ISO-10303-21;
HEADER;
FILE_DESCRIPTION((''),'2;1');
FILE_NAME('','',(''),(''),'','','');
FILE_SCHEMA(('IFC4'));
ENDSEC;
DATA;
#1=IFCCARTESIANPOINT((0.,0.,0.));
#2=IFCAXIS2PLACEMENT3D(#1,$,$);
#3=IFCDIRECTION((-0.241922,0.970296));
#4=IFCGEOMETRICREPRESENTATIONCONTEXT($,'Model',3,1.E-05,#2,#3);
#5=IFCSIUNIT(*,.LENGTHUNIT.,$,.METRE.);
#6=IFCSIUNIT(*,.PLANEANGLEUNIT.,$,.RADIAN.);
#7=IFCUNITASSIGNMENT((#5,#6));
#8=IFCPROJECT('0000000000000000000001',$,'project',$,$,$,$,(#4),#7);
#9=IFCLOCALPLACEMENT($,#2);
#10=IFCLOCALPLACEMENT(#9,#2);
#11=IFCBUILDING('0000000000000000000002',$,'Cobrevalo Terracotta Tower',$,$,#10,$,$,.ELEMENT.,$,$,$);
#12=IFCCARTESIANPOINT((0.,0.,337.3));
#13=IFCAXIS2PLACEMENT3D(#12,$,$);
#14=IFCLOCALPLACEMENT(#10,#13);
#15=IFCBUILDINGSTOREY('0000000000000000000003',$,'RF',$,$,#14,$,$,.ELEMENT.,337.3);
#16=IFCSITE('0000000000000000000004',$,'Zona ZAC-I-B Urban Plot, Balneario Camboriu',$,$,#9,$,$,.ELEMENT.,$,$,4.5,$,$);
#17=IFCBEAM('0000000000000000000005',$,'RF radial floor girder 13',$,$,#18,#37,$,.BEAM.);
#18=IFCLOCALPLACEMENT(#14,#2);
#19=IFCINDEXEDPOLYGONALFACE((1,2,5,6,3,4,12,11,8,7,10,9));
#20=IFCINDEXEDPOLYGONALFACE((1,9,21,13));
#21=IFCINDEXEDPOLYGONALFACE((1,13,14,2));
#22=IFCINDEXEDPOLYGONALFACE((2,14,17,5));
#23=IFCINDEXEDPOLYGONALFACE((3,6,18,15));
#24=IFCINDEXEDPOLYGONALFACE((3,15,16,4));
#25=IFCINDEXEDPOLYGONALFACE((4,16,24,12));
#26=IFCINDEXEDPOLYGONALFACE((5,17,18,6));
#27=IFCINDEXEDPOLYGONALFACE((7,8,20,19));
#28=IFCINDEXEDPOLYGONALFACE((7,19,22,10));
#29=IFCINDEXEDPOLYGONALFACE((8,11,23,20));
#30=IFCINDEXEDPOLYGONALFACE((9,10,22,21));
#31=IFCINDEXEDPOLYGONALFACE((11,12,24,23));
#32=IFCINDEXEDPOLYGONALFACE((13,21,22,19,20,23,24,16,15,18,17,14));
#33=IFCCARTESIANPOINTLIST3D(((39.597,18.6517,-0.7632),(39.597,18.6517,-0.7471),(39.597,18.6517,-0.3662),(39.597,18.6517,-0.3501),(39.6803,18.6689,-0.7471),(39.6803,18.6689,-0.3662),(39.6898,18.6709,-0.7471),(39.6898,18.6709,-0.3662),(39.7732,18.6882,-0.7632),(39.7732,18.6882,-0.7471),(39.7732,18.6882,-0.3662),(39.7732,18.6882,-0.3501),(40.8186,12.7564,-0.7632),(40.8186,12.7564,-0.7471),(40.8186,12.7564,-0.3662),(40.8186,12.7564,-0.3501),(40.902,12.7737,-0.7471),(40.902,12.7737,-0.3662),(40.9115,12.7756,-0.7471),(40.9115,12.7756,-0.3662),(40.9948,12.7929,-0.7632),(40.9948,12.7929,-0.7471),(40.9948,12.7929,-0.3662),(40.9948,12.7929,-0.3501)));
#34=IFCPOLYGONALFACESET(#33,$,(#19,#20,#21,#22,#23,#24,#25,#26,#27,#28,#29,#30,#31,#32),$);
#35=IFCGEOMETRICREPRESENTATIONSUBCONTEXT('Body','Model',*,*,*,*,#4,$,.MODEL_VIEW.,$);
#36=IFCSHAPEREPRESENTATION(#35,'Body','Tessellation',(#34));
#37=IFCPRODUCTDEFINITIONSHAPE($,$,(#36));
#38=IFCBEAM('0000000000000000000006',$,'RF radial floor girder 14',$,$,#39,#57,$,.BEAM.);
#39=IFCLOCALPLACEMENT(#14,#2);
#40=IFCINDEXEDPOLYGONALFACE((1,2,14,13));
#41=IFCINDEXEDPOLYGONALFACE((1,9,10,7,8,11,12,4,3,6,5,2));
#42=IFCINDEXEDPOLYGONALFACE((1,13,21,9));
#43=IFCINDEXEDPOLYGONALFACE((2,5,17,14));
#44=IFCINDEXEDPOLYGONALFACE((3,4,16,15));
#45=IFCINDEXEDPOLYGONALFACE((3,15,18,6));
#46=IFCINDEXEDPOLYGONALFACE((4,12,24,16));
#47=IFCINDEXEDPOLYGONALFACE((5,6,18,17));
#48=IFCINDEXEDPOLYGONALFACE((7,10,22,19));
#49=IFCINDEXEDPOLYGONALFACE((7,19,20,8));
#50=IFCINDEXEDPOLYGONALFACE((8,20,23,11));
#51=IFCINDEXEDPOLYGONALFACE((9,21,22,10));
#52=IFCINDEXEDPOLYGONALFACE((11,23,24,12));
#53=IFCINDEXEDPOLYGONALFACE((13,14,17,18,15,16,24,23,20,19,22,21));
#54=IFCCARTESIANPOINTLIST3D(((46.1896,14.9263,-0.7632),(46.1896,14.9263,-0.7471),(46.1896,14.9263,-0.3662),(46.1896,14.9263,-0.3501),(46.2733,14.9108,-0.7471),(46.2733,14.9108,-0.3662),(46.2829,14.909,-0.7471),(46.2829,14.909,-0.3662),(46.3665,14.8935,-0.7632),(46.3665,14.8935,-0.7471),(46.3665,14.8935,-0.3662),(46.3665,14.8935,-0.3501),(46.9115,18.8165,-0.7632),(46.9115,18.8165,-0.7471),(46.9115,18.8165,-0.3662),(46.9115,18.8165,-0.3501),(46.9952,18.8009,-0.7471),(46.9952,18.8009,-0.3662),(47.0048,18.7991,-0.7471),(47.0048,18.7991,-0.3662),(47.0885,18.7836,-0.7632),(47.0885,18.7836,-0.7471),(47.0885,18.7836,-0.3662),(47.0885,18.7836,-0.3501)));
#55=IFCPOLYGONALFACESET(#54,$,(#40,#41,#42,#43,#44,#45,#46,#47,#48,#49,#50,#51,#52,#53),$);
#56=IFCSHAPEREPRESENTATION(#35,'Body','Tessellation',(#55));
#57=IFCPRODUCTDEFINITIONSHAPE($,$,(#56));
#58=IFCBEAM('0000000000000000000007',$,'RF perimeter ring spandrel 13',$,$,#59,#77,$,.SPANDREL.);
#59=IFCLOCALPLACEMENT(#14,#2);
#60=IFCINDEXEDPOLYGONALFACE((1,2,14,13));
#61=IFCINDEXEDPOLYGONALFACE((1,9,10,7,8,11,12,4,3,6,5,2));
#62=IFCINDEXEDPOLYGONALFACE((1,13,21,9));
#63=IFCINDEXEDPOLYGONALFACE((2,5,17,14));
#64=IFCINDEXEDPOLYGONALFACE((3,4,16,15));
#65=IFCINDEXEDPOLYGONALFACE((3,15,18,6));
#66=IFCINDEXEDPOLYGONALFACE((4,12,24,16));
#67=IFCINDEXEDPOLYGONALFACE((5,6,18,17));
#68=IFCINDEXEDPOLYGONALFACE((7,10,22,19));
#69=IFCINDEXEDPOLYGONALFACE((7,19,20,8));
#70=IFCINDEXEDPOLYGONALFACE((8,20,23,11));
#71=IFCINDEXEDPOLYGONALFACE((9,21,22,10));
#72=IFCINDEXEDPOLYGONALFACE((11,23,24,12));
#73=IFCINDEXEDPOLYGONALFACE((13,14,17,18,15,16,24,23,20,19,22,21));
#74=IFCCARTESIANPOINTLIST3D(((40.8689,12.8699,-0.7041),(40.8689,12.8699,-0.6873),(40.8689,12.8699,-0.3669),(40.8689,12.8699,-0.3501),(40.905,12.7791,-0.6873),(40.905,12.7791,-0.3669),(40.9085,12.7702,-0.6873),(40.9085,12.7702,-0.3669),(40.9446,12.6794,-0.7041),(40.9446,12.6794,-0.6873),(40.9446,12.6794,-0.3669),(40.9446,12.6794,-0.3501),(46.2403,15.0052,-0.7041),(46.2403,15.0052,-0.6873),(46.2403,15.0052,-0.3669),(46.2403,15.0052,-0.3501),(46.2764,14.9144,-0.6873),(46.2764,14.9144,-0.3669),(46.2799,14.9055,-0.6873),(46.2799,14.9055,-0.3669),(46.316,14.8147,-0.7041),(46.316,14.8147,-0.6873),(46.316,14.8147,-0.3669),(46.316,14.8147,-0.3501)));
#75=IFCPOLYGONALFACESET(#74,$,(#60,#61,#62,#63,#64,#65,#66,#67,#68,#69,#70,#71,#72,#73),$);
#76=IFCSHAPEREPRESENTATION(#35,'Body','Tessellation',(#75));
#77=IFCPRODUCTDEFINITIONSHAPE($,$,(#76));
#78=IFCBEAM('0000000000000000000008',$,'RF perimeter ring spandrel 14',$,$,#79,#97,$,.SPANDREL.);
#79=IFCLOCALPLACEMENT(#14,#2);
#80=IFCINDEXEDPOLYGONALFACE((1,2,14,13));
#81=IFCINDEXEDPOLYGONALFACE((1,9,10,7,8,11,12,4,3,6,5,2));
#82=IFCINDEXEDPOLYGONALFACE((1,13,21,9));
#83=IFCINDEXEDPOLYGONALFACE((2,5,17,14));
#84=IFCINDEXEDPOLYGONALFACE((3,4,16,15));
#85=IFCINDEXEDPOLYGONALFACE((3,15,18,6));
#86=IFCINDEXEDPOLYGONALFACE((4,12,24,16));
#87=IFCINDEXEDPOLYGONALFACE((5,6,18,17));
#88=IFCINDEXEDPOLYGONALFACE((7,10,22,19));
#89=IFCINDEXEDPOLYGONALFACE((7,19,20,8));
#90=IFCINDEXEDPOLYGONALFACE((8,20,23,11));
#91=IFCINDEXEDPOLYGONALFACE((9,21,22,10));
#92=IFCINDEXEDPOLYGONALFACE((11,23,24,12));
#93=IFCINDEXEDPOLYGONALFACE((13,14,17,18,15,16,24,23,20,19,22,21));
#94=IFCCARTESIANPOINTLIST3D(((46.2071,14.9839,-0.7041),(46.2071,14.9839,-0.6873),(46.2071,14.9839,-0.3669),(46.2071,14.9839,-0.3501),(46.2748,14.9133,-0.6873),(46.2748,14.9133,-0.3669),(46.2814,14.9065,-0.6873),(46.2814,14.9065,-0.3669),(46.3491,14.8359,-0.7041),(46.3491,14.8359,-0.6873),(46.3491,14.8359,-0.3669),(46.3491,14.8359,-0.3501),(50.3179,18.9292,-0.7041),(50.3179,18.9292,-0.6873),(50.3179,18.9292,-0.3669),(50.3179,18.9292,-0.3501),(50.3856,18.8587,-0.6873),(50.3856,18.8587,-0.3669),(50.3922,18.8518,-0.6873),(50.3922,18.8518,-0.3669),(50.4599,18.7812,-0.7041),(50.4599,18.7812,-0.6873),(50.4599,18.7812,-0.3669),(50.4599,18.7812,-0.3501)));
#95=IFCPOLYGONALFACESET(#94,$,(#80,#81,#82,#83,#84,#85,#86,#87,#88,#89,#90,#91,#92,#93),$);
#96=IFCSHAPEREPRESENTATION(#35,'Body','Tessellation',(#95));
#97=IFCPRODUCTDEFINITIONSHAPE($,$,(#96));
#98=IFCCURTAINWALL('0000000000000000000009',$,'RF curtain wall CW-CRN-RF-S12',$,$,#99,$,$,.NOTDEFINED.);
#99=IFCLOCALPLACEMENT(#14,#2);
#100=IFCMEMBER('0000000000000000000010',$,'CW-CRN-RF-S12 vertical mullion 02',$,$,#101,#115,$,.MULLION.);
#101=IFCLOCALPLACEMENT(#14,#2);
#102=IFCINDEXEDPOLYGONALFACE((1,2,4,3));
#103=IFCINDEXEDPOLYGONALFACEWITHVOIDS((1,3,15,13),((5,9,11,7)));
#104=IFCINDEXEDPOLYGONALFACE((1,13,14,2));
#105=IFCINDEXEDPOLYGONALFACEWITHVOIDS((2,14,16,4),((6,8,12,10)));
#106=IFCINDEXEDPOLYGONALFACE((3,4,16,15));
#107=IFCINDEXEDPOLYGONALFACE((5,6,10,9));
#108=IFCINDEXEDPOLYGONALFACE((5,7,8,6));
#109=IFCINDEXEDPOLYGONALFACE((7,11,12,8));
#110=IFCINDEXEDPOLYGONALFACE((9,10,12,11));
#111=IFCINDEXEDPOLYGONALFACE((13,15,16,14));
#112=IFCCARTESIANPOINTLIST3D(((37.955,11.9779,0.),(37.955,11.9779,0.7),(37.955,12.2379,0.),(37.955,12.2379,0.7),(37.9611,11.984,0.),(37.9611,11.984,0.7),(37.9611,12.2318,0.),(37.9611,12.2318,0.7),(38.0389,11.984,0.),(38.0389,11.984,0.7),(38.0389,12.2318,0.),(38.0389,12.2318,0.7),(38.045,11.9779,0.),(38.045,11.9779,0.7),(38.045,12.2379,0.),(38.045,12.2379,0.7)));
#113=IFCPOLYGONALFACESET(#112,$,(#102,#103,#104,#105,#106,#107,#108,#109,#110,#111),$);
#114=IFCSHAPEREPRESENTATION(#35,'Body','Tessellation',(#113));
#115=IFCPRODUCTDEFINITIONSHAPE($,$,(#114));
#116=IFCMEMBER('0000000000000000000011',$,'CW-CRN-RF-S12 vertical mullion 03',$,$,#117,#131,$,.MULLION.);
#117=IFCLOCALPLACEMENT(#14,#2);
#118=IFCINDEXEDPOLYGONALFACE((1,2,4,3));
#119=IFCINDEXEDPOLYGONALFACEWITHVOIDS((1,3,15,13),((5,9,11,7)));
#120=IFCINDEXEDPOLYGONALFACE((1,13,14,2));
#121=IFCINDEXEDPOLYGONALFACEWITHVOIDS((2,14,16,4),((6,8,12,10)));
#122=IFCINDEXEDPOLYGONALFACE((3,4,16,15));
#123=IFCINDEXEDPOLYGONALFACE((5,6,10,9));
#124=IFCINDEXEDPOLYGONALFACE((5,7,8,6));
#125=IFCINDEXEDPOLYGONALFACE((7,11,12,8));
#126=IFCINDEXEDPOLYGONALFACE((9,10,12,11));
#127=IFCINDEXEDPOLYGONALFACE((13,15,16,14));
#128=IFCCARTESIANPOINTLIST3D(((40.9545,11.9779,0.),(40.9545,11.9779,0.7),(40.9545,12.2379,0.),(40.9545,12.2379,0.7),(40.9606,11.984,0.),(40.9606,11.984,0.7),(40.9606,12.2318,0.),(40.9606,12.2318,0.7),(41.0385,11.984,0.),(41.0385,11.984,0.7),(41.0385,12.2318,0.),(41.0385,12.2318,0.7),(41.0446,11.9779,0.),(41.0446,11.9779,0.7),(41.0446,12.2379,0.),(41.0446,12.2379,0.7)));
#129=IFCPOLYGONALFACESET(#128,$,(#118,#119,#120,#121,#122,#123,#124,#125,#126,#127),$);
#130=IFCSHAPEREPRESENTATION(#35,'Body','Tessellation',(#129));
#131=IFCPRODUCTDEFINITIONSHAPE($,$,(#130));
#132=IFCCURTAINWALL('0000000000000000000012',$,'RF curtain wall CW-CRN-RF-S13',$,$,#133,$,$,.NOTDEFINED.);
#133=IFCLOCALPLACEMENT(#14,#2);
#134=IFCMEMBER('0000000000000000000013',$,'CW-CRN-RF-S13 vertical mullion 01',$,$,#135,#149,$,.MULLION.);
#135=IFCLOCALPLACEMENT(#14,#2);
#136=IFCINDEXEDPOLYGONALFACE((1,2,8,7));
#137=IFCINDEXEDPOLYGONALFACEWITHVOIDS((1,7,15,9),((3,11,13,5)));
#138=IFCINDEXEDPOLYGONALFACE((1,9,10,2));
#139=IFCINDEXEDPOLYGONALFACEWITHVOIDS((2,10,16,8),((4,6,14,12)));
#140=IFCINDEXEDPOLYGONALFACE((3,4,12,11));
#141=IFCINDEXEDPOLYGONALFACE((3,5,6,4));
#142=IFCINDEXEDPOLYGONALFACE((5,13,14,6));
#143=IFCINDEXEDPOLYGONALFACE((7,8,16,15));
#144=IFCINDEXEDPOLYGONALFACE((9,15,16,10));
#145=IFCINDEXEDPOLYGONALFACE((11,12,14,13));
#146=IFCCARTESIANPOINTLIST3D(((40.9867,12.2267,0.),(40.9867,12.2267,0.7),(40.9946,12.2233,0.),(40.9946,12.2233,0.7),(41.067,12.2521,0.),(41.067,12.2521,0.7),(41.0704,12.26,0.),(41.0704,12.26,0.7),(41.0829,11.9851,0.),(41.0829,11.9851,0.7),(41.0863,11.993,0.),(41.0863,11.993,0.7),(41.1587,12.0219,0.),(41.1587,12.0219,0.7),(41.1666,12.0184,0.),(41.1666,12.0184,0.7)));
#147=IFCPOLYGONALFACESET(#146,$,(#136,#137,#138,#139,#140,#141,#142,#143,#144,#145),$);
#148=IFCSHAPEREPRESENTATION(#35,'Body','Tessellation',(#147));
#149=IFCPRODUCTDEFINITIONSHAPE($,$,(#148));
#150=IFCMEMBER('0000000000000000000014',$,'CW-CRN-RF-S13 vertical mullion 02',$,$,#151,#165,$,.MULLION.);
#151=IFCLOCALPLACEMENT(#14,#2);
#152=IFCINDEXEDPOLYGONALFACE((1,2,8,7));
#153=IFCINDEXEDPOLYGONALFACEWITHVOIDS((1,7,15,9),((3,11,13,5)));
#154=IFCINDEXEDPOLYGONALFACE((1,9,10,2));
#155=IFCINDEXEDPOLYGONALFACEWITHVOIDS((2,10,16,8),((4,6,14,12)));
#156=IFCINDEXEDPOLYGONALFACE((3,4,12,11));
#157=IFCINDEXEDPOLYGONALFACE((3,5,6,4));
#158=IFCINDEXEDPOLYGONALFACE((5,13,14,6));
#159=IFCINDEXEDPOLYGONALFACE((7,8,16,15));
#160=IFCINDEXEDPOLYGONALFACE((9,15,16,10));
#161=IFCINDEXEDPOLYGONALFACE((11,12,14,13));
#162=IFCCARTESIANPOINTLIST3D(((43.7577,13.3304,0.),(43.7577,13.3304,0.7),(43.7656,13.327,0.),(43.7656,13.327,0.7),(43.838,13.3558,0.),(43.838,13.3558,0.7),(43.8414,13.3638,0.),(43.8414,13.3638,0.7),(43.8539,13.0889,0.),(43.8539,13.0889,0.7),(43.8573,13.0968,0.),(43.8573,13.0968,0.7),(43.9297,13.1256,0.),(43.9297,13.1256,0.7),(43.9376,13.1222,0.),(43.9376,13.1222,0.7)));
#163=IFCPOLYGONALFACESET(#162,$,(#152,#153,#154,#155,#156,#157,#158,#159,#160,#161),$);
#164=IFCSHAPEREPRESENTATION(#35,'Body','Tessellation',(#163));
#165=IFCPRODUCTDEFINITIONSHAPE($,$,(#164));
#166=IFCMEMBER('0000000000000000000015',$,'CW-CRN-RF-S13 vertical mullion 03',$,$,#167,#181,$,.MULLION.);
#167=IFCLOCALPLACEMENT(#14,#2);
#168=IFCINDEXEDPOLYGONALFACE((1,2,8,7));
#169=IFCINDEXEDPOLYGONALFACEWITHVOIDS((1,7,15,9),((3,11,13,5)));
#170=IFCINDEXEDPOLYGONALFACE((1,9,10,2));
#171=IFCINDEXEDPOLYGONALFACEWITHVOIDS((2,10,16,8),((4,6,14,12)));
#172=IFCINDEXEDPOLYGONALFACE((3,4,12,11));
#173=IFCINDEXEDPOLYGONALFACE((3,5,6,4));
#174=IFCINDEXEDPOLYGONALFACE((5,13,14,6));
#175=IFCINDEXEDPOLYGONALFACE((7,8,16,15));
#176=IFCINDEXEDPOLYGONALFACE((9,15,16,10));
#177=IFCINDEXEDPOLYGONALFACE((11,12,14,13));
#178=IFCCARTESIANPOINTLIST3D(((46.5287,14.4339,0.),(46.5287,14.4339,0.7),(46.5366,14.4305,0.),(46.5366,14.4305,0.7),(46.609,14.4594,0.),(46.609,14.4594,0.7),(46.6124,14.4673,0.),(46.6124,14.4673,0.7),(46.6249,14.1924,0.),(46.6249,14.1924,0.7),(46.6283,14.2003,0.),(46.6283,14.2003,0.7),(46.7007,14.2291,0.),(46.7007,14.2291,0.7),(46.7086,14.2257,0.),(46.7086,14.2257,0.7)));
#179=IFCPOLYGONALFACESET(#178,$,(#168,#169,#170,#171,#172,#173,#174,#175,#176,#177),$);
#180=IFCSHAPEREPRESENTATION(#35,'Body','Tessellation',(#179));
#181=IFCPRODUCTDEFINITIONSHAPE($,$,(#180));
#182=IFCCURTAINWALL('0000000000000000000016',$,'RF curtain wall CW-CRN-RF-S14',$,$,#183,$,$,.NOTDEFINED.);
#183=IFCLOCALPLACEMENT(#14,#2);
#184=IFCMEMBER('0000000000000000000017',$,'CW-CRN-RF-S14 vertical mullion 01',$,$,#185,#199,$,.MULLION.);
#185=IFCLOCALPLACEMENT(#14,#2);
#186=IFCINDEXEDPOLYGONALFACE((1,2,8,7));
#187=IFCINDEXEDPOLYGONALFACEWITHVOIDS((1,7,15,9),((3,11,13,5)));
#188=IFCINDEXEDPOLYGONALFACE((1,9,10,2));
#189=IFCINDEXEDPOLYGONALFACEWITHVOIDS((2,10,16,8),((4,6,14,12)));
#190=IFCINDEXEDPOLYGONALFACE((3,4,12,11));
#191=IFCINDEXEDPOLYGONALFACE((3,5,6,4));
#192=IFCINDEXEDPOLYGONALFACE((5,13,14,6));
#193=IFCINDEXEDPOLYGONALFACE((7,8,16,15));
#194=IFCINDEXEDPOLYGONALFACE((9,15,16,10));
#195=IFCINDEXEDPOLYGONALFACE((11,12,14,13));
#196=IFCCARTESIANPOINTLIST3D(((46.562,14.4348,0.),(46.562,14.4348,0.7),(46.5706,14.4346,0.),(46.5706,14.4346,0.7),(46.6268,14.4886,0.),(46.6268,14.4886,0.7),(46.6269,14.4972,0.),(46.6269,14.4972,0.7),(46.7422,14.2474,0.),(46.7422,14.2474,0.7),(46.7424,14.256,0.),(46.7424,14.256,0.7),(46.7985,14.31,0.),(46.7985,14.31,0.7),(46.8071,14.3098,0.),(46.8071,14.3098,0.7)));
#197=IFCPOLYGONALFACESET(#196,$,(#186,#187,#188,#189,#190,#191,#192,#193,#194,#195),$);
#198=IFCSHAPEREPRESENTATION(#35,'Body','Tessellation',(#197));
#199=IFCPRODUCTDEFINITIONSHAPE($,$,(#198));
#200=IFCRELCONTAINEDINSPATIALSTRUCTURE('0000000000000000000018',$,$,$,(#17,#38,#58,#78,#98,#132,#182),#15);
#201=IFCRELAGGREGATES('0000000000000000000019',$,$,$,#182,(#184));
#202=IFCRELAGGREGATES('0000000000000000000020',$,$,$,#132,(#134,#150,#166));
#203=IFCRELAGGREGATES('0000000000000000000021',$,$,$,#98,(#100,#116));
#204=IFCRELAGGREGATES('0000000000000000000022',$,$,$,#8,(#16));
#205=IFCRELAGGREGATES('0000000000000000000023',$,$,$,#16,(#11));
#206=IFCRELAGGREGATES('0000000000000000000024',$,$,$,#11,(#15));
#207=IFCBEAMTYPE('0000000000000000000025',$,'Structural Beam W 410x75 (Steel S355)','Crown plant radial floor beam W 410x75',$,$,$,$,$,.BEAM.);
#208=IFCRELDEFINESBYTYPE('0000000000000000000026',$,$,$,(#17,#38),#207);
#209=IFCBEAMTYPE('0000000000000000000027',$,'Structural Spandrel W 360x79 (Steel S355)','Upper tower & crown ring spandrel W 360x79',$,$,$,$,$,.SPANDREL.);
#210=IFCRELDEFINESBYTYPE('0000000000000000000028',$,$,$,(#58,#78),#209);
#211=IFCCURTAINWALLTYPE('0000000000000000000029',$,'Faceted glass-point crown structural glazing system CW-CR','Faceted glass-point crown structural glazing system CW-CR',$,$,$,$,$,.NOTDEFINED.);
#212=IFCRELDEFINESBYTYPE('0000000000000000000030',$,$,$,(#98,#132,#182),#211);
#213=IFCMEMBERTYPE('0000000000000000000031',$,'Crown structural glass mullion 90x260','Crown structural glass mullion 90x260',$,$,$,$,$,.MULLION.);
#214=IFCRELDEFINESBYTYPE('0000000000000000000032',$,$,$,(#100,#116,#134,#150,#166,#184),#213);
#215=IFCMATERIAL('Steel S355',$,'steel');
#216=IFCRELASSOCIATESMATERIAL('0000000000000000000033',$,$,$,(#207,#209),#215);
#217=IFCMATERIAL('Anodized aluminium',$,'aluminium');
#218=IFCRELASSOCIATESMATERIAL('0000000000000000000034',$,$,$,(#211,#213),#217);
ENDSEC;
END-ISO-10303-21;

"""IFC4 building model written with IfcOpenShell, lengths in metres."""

from ifc_helpers import new_model, si_unit, direction, frame, origin, origin_2d, place, context, subcontext, project, spatial, hollow_rectangle, i_section, extrude, source, transform, mapped, material, material_profile, profile_set, type_object, element, aggregate, save


model = new_model("IFC4")

# Units and contexts
model_context = context("Model", 3, precision=1e-05, world=origin(), true_north=direction((-0.241922, 0.970296)))
body_context = subcontext(model_context, "Body", "Model", "MODEL_VIEW")
ifc_project = project(units=[si_unit("LENGTHUNIT", "METRE"), si_unit("PLANEANGLEUNIT", "RADIAN")], contexts=[model_context])

# Site, building, storey
site_placement = place(None, origin())
site = spatial("IfcSite", under=ifc_project, at=site_placement, Name="Zona ZAC-I-B Urban Plot, Balneario Camboriu", CompositionType="ELEMENT", RefElevation=4.5)
building_placement = place(site_placement, origin())
building = spatial("IfcBuilding", under=site, at=building_placement, Name="Cobrevalo Terracotta Tower", CompositionType="ELEMENT")
storey_placement = place(building_placement, frame((0.0, 0.0, 337.3)))
storey = spatial("IfcBuildingStorey", under=building, at=storey_placement, Name="RF", CompositionType="ELEMENT", Elevation=337.3)

# Beams
ifc_material_1 = material(Name="Steel S355", Category="steel")
ifc_material_profile_1 = material_profile(ifc_material_1, i_section(OverallWidth=0.1799, OverallDepth=0.4131, WebThickness=0.0098, FlangeThickness=0.0161, at=origin_2d()), Name="W 410x75")
ifc_profile_set_1 = profile_set([ifc_material_profile_1], Name="Steel S355")
beam_type_1 = type_object("IfcBeamType", Name="Structural Beam W 410x75 (Steel S355)", Description="Crown plant radial floor beam W 410x75", PredefinedType="BEAM", material=ifc_profile_set_1)
beam_1_placement = place(storey_placement, frame((40.9067, 12.7747, -0.5566), z_axis=(-0.202919, 0.979195, 0.0), x_axis=(-0.979195, -0.202919, 0.0)))
element("IfcBeam", 1, at=beam_1_placement, inside=storey, type_object=beam_type_1, Name="RF radial floor girder 13", PredefinedType="BEAM", context=body_context, shape_type="SweptSolid", body=[
    extrude(i_section(OverallWidth=0.1799, OverallDepth=0.4131, WebThickness=0.0098, FlangeThickness=0.0161, at=origin_2d()), origin(), (0.0, 0.0, 1.0), 6.0205),
])
beam_2_placement = place(storey_placement, frame((46.2781, 14.9099, -0.5566), z_axis=(0.182463, 0.983213, 0.0), x_axis=(-0.983213, 0.182463, 0.0)))
element("IfcBeam", 2, at=beam_2_placement, inside=storey, type_object=beam_type_1, Name="RF radial floor girder 14", PredefinedType="BEAM", context=body_context, shape_type="SweptSolid", body=[
    extrude(i_section(OverallWidth=0.1799, OverallDepth=0.4131, WebThickness=0.0098, FlangeThickness=0.0161, at=origin_2d()), origin(), (0.0, 0.0, 1.0), 3.9565),
])
ifc_material_profile_2 = material_profile(ifc_material_1, i_section(OverallWidth=0.2051, OverallDepth=0.354, WebThickness=0.0095, FlangeThickness=0.0168, at=origin_2d()), Name="W 360x79")
ifc_profile_set_2 = profile_set([ifc_material_profile_2], Name="Steel S355")
beam_type_2 = type_object("IfcBeamType", Name="Structural Spandrel W 360x79 (Steel S355)", Description="Upper tower & crown ring spandrel W 360x79", PredefinedType="SPANDREL", material=ifc_profile_set_2)
beam_3_placement = place(storey_placement, frame((40.9067, 12.7747, -0.5271), z_axis=(0.929267, 0.369409, 0.0), x_axis=(-0.369409, 0.929267, 0.0)))
element("IfcBeam", 3, at=beam_3_placement, inside=storey, type_object=beam_type_2, Name="RF perimeter ring spandrel 13", PredefinedType="SPANDREL", context=body_context, shape_type="SweptSolid", body=[
    extrude(i_section(OverallWidth=0.2051, OverallDepth=0.354, WebThickness=0.0095, FlangeThickness=0.0168, at=origin_2d()), origin(), (0.0, 0.0, 1.0), 5.7803),
])
beam_4_placement = place(storey_placement, frame((46.2781, 14.9099, -0.5271), z_axis=(0.721483, 0.692432, 0.0), x_axis=(-0.692432, 0.721483, 0.0)))
element("IfcBeam", 4, at=beam_4_placement, inside=storey, type_object=beam_type_2, Name="RF perimeter ring spandrel 14", PredefinedType="SPANDREL", context=body_context, shape_type="SweptSolid", body=[
    extrude(i_section(OverallWidth=0.2051, OverallDepth=0.354, WebThickness=0.0095, FlangeThickness=0.0168, at=origin_2d()), origin(), (0.0, 0.0, 1.0), 5.6978),
])

# Curtain walls, members
ifc_material_2 = material(Name="Anodized aluminium", Category="aluminium")
curtain_wall_type = type_object("IfcCurtainWallType", Name="Faceted glass-point crown structural glazing system CW-CR", Description="Faceted glass-point crown structural glazing system CW-CR", PredefinedType="NOTDEFINED", material=ifc_material_2)
curtain_wall_1_placement = place(storey_placement, origin())
curtain_wall_1 = element("IfcCurtainWall", 5, at=curtain_wall_1_placement, inside=storey, type_object=curtain_wall_type, Name="RF curtain wall CW-CRN-RF-S12", PredefinedType="NOTDEFINED")
ifc_material_profile_3 = material_profile(ifc_material_2, hollow_rectangle(XDim=0.0901, YDim=0.26, WallThickness=0.0061, at=origin_2d()), Name="CWM 90x260")
ifc_profile_set_3 = profile_set([ifc_material_profile_3], Name="Anodized aluminium")
member_type_1 = type_object("IfcMemberType", Name="Crown structural glass mullion 90x260", Description="Crown structural glass mullion 90x260", PredefinedType="MULLION", material=ifc_profile_set_3)
shared_shape_1 = source(origin(), body_context, "Body", "SweptSolid", [
    extrude(hollow_rectangle(XDim=0.0901, YDim=0.26, WallThickness=0.0061, at=origin_2d()), origin(), (0.0, 0.0, 1.0), 0.7),
])
member_1_placement = place(storey_placement, frame((38.0, 12.1079, 0.0), z_axis=(0.0, 0.0, 1.0), x_axis=(1.0, 0.0, 0.0)))
member_1 = element("IfcMember", 6, at=member_1_placement, type_object=member_type_1, Name="CW-CRN-RF-S12 vertical mullion 02", PredefinedType="MULLION", context=body_context, shape_type="MappedRepresentation", body=[
    mapped(shared_shape_1, transform((0.0, 0.0, 0.0), scale=1.0)),
])
member_2_placement = place(storey_placement, frame((40.9995, 12.1079, 0.0), z_axis=(0.0, 0.0, 1.0), x_axis=(1.0, 0.0, 0.0)))
member_2 = element("IfcMember", 7, at=member_2_placement, type_object=member_type_1, Name="CW-CRN-RF-S12 vertical mullion 03", PredefinedType="MULLION", context=body_context, shape_type="MappedRepresentation", body=[
    mapped(shared_shape_1, transform((0.0, 0.0, 0.0), scale=1.0)),
])
curtain_wall_2_placement = place(storey_placement, origin())
curtain_wall_2 = element("IfcCurtainWall", 8, at=curtain_wall_2_placement, inside=storey, type_object=curtain_wall_type, Name="RF curtain wall CW-CRN-RF-S13", PredefinedType="NOTDEFINED")
member_3_placement = place(storey_placement, frame((41.0767, 12.1226, 0.0), z_axis=(0.0, 0.0, 1.0), x_axis=(0.929029, 0.370006, 0.0)))
member_3 = element("IfcMember", 9, at=member_3_placement, type_object=member_type_1, Name="CW-CRN-RF-S13 vertical mullion 01", PredefinedType="MULLION", context=body_context, shape_type="MappedRepresentation", body=[
    mapped(shared_shape_1, transform((0.0, 0.0, 0.0), scale=1.0)),
])
member_4_placement = place(storey_placement, frame((43.8477, 13.2263, 0.0), z_axis=(0.0, 0.0, 1.0), x_axis=(0.929029, 0.370006, 0.0)))
member_4 = element("IfcMember", 10, at=member_4_placement, type_object=member_type_1, Name="CW-CRN-RF-S13 vertical mullion 02", PredefinedType="MULLION", context=body_context, shape_type="MappedRepresentation", body=[
    mapped(shared_shape_1, transform((0.0, 0.0, 0.0), scale=1.0)),
])
member_5_placement = place(storey_placement, frame((46.6187, 14.3298, 0.0), z_axis=(0.0, 0.0, 1.0), x_axis=(0.929029, 0.370006, 0.0)))
member_5 = element("IfcMember", 11, at=member_5_placement, type_object=member_type_1, Name="CW-CRN-RF-S13 vertical mullion 03", PredefinedType="MULLION", context=body_context, shape_type="MappedRepresentation", body=[
    mapped(shared_shape_1, transform((0.0, 0.0, 0.0), scale=1.0)),
])

# Curtain wall, member
curtain_wall_3_placement = place(storey_placement, origin())
curtain_wall_3 = element("IfcCurtainWall", 12, at=curtain_wall_3_placement, inside=storey, type_object=curtain_wall_type, Name="RF curtain wall CW-CRN-RF-S14", PredefinedType="NOTDEFINED")
member_6_placement = place(storey_placement, frame((46.6846, 14.3723, 0.0), z_axis=(0.0, 0.0, 1.0), x_axis=(0.720854, 0.693087, 0.0)))
member_6 = element("IfcMember", 13, at=member_6_placement, type_object=member_type_1, Name="CW-CRN-RF-S14 vertical mullion 01", PredefinedType="MULLION", context=body_context, shape_type="MappedRepresentation", body=[
    mapped(shared_shape_1, transform((0.0, 0.0, 0.0), scale=1.0)),
])
aggregate(curtain_wall_3, [member_6])

aggregate(curtain_wall_2, [member_3, member_4, member_5])
aggregate(curtain_wall_1, [member_1, member_2])

save(model, "model.ifc")
